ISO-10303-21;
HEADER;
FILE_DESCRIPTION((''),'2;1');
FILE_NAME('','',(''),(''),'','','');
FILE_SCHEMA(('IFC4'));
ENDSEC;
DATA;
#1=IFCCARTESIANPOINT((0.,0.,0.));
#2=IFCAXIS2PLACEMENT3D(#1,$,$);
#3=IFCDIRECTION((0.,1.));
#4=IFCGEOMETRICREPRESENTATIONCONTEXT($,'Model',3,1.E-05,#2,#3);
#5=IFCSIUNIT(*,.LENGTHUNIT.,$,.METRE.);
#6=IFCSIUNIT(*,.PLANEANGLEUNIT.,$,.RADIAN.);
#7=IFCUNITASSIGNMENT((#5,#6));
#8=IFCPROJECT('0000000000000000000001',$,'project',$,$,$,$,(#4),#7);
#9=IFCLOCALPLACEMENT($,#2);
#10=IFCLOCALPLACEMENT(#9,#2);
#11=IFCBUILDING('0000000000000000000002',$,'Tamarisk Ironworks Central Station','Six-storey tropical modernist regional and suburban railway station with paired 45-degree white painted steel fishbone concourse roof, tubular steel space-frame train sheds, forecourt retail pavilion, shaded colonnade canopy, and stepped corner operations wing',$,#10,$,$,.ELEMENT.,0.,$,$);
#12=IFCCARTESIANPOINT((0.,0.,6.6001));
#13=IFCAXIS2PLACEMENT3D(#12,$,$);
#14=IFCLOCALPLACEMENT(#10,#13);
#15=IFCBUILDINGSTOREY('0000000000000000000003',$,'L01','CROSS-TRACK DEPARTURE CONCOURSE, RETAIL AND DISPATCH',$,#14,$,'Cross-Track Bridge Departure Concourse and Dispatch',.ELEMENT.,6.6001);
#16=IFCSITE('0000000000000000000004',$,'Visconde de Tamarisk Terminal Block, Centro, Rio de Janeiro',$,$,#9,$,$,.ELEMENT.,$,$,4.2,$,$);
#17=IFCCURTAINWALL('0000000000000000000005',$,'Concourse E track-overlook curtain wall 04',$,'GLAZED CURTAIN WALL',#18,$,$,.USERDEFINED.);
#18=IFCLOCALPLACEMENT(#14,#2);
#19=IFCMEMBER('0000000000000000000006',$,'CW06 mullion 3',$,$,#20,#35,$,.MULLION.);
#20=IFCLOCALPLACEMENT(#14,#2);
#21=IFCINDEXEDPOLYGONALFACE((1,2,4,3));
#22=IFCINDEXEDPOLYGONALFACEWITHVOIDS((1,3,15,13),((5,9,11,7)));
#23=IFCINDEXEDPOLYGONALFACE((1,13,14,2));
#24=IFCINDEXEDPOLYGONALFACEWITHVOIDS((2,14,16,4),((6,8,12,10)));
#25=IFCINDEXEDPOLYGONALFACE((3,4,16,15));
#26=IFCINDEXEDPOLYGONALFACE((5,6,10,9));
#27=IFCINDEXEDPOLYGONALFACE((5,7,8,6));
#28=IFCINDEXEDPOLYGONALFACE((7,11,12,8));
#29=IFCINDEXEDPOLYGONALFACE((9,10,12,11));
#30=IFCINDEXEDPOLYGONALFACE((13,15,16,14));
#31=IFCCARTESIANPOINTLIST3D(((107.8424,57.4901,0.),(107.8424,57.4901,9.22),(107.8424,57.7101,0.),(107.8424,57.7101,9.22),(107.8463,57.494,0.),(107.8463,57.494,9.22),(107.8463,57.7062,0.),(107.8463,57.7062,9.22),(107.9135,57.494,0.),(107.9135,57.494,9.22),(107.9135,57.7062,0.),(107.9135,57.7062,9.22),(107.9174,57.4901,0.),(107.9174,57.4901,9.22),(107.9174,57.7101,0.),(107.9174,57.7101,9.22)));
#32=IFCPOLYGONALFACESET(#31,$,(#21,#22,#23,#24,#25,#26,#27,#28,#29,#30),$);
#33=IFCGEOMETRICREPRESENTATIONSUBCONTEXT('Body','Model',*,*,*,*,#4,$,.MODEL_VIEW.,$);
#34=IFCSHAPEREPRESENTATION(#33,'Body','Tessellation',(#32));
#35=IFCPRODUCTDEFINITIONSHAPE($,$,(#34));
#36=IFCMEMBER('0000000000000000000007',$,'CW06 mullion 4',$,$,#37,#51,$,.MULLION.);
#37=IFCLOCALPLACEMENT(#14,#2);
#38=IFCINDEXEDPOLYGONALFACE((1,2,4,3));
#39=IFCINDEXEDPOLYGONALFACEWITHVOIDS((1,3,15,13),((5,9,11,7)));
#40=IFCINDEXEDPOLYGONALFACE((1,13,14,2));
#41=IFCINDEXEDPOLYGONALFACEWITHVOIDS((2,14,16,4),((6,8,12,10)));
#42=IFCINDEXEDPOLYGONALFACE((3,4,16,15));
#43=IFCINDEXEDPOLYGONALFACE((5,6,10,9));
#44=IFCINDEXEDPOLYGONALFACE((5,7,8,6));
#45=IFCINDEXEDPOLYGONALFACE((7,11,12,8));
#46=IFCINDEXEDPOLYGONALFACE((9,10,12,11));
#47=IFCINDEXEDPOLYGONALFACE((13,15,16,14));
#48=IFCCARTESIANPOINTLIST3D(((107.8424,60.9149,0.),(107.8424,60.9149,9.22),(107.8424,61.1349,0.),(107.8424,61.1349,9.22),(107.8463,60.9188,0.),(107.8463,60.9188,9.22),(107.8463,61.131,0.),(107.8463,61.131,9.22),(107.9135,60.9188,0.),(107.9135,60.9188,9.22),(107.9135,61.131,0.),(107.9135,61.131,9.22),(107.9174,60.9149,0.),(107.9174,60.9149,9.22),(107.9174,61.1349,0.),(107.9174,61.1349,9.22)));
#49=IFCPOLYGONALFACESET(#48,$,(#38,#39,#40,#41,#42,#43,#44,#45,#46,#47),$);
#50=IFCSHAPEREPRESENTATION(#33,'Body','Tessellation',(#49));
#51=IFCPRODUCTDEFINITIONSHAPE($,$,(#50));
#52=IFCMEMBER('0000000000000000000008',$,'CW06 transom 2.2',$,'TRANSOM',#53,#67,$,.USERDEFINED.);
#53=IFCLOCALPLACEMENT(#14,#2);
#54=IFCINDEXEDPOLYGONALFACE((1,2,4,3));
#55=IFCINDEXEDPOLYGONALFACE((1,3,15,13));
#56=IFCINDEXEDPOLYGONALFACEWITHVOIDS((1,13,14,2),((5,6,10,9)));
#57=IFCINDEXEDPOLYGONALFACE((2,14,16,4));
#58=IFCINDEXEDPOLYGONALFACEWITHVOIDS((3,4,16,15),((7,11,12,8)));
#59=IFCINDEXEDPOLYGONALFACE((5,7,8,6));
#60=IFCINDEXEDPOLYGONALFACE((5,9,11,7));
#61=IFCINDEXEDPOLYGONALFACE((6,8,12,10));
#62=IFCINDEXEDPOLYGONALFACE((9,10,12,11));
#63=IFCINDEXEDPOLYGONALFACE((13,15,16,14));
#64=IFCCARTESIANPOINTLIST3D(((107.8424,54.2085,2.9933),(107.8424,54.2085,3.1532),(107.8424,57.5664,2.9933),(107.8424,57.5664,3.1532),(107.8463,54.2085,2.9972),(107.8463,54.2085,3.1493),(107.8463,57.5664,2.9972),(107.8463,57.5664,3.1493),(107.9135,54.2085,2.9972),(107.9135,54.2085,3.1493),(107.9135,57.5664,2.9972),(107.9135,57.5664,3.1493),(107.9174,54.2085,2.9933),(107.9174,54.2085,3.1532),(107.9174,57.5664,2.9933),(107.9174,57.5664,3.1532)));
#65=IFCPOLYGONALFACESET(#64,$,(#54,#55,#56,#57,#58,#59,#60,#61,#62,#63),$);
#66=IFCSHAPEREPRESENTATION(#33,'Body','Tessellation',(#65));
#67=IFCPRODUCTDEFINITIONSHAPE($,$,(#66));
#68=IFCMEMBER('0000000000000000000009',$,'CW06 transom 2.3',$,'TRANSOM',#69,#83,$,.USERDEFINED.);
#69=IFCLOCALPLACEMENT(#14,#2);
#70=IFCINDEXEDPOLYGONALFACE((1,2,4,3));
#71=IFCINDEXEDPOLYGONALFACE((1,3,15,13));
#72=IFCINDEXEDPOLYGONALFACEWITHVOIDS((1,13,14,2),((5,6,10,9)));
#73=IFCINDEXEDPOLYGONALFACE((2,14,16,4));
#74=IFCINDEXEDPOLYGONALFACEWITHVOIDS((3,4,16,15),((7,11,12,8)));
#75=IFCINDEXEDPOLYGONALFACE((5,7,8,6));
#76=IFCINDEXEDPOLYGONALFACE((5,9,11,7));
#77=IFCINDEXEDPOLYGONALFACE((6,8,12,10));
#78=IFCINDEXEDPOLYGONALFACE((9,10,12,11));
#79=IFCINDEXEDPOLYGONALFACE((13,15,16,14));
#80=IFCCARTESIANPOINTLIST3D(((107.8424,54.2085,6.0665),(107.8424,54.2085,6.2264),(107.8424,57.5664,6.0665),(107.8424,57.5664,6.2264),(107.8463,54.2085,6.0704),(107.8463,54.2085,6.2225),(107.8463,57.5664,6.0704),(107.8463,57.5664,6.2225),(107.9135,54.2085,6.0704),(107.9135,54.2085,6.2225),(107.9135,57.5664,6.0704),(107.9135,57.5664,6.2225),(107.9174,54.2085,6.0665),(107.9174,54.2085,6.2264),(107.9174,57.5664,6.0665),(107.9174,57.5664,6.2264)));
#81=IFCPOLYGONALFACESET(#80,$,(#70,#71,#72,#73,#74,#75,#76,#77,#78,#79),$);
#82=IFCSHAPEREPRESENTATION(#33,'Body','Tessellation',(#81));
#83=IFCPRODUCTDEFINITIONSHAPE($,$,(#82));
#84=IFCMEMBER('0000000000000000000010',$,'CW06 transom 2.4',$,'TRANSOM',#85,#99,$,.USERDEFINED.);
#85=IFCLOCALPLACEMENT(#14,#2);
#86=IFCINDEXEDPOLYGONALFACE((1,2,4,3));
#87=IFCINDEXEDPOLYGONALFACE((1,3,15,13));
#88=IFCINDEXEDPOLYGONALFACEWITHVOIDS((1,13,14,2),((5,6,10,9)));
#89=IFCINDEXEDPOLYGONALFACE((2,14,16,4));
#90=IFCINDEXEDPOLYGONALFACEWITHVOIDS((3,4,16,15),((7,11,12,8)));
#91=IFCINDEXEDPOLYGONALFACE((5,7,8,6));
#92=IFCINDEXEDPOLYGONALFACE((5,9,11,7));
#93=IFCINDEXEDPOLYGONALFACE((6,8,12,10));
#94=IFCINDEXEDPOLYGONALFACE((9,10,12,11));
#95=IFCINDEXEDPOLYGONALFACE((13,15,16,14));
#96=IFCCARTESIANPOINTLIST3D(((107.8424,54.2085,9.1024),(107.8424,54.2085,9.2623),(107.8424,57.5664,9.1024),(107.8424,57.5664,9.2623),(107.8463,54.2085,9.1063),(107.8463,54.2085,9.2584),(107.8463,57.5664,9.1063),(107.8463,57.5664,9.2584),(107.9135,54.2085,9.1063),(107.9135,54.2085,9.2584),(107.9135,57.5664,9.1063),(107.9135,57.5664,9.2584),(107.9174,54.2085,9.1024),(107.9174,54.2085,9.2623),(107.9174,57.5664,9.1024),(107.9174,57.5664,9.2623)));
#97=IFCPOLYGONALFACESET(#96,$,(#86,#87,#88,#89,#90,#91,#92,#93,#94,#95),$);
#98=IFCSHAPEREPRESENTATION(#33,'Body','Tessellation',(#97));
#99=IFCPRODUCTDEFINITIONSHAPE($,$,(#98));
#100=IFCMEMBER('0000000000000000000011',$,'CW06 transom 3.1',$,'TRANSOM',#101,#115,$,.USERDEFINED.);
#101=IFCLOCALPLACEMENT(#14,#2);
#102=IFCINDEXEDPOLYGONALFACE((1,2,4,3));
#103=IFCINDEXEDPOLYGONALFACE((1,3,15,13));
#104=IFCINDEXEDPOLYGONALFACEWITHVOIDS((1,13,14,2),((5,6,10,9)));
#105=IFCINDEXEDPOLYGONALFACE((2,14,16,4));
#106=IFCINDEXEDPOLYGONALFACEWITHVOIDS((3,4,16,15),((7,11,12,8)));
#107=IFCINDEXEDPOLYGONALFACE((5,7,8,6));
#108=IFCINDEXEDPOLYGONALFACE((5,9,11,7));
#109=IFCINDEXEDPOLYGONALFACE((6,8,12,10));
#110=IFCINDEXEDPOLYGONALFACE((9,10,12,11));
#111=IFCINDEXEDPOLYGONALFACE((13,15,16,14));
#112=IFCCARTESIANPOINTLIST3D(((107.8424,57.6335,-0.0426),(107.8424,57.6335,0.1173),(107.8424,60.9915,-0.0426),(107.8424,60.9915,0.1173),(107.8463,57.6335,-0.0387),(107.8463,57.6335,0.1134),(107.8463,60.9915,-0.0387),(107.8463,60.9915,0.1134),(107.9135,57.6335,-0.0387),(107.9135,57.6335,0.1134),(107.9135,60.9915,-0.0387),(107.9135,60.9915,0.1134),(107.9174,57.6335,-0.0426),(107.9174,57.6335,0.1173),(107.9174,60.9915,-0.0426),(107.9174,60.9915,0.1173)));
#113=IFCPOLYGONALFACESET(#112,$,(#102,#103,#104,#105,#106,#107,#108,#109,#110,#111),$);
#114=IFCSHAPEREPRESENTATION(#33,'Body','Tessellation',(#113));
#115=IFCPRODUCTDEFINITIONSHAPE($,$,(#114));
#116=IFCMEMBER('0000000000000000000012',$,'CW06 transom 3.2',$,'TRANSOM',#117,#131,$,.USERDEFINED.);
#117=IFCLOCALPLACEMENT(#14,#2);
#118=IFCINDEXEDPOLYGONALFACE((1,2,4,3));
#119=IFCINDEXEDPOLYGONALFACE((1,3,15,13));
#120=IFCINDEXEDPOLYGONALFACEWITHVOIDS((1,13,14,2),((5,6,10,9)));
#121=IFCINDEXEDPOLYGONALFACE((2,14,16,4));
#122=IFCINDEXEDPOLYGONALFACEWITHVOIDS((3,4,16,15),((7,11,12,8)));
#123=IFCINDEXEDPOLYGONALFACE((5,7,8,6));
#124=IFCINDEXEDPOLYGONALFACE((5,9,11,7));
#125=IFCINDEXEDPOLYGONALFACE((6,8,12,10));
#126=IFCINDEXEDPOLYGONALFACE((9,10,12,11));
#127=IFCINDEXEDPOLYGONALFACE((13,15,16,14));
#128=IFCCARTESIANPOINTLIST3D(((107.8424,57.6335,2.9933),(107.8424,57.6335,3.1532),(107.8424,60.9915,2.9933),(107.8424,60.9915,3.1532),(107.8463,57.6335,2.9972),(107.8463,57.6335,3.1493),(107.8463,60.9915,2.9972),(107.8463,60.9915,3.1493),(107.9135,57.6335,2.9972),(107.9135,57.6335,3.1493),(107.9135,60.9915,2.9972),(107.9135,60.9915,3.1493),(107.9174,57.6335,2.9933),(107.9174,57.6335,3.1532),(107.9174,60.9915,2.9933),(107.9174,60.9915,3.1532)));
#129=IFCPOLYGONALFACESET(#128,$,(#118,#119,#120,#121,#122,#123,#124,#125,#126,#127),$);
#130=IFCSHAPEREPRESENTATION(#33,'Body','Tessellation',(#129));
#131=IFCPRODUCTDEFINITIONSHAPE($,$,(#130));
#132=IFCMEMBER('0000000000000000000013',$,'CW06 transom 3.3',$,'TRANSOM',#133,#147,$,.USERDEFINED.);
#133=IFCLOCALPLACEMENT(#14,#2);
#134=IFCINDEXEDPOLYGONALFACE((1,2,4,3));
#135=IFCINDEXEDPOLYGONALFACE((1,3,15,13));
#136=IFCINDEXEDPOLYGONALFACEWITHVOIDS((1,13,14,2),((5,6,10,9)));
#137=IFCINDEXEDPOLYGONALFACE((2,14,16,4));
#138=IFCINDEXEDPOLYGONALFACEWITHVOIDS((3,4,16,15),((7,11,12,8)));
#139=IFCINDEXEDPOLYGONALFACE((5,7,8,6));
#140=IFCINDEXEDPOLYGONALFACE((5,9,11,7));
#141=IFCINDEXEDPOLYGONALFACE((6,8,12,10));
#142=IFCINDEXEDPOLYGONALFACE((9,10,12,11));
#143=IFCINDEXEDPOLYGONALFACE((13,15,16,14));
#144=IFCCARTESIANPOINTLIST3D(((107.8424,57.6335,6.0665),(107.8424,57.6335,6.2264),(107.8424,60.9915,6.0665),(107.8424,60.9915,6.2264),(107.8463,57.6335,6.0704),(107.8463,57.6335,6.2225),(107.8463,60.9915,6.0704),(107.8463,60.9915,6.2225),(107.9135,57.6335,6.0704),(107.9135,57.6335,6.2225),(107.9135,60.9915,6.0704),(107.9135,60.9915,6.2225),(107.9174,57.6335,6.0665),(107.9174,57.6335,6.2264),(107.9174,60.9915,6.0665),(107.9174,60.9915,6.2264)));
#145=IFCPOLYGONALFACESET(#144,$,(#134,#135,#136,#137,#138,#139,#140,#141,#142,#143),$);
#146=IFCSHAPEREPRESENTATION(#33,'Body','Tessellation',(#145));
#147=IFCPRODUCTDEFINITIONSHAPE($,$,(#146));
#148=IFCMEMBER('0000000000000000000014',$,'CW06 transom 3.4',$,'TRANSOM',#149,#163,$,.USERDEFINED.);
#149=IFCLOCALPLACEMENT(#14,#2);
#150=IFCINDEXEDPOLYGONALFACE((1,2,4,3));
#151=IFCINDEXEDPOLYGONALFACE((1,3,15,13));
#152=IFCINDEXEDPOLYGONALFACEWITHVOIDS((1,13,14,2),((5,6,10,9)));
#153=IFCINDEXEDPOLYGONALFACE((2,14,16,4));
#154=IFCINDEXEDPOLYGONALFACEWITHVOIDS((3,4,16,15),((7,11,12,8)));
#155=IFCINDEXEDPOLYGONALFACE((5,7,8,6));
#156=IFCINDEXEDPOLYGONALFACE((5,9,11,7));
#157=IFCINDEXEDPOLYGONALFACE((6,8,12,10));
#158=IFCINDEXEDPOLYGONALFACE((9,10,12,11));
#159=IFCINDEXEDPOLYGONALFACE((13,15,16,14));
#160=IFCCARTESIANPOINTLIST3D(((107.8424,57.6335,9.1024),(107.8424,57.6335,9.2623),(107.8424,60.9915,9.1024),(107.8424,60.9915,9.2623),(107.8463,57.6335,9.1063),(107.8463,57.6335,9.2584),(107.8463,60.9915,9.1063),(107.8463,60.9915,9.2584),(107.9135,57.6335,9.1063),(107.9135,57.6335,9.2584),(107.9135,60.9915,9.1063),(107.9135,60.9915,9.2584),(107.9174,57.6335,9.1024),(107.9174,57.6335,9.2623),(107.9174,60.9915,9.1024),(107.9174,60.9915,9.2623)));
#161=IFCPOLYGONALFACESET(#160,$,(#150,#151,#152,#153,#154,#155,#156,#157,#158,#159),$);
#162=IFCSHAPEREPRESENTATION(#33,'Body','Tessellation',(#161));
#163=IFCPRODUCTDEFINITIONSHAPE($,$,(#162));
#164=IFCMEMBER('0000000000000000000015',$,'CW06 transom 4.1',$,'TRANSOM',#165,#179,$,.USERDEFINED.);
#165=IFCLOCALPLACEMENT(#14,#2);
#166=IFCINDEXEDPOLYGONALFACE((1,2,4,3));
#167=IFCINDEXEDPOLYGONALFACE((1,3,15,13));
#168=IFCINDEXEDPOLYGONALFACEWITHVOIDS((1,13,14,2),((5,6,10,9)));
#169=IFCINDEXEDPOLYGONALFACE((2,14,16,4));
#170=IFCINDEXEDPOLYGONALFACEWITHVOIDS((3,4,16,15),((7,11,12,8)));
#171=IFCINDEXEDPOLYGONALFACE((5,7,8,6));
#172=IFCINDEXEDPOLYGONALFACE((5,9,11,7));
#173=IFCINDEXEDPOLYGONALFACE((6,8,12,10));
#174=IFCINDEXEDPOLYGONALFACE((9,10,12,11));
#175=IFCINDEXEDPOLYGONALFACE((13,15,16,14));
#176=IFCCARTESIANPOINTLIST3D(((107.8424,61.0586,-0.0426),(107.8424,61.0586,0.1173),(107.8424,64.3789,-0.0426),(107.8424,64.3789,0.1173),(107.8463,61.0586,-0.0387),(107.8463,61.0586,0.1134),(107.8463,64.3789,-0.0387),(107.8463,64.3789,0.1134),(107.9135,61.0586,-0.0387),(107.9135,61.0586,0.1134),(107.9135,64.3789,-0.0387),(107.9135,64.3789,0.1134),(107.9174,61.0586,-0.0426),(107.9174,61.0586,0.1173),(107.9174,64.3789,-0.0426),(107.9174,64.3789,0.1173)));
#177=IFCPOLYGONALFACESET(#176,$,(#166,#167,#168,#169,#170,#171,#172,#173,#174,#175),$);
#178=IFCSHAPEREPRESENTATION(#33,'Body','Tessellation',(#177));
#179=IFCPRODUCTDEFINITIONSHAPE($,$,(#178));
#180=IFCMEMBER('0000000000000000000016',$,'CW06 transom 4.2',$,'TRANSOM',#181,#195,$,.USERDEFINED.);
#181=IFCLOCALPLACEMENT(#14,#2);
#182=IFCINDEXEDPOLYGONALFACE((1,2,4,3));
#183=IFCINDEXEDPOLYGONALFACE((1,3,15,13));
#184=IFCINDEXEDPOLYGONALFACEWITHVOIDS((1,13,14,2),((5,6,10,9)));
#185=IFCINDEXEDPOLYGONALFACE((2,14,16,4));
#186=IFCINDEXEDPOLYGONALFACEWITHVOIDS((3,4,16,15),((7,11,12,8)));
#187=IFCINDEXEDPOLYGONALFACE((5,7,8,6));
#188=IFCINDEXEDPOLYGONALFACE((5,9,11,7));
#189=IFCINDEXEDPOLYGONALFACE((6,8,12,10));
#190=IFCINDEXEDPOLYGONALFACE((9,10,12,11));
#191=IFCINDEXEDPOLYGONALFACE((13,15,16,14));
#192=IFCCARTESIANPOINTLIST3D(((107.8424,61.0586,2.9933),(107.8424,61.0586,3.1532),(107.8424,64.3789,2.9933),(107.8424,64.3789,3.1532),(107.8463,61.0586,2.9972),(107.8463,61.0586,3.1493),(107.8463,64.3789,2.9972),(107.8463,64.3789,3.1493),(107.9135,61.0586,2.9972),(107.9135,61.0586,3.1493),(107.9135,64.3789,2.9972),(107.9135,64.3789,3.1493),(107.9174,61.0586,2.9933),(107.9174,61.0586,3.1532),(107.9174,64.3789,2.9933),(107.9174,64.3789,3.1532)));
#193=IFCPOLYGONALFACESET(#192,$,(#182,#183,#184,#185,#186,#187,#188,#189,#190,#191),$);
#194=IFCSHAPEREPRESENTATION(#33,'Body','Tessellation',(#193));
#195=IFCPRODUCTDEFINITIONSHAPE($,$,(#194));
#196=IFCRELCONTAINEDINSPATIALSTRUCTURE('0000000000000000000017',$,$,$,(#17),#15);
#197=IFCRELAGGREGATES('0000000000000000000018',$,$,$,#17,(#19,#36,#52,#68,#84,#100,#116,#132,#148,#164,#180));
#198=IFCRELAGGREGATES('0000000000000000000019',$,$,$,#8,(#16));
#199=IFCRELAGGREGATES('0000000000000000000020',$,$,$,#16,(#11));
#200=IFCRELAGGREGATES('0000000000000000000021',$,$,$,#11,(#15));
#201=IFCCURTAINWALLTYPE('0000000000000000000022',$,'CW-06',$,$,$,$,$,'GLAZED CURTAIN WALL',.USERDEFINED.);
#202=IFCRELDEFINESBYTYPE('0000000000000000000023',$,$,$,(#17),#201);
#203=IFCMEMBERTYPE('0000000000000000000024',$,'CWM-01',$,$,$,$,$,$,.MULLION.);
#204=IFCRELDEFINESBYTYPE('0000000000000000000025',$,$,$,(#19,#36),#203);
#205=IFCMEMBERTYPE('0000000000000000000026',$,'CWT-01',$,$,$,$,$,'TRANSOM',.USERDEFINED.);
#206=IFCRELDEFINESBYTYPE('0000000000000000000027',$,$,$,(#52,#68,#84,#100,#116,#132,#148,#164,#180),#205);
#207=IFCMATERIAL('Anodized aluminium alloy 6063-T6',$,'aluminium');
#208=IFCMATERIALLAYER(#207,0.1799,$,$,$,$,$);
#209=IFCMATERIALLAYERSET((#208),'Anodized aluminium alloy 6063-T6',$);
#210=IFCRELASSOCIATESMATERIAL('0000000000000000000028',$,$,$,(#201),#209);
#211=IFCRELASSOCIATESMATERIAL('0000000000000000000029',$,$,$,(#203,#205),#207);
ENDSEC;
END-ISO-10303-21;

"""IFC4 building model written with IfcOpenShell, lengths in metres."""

from ifc_helpers import new_model, si_unit, direction, frame, origin, origin_2d, place, context, subcontext, project, spatial, hollow_rectangle, extrude, material, layer, layer_set, material_profile, profile_set, type_object, element, aggregate, save


model = new_model("IFC4")

# Units and contexts
model_context = context("Model", 3, precision=1e-05, world=origin(), true_north=direction((0.0, 1.0)))
body_context = subcontext(model_context, "Body", "Model", "MODEL_VIEW")
ifc_project = project(units=[si_unit("LENGTHUNIT", "METRE"), si_unit("PLANEANGLEUNIT", "RADIAN")], contexts=[model_context])

# Site, building, storey
site_placement = place(None, origin())
site = spatial("IfcSite", under=ifc_project, at=site_placement, Name="Visconde de Tamarisk Terminal Block, Centro, Rio de Janeiro", CompositionType="ELEMENT", RefElevation=4.2)
building_placement = place(site_placement, origin())
building = spatial("IfcBuilding", under=site, at=building_placement, Name="Tamarisk Ironworks Central Station", Description="Six-storey tropical modernist regional and suburban railway station with paired 45-degree white painted steel fishbone concourse roof, tubular steel space-frame train sheds, forecourt retail pavilion, shaded colonnade canopy, and stepped corner operations wing", CompositionType="ELEMENT", ElevationOfRefHeight=0.0)
storey_placement = place(building_placement, frame((0.0, 0.0, 6.6001)))
storey = spatial("IfcBuildingStorey", under=building, at=storey_placement, Name="L01", Description="CROSS-TRACK DEPARTURE CONCOURSE, RETAIL AND DISPATCH", LongName="Cross-Track Bridge Departure Concourse and Dispatch", CompositionType="ELEMENT", Elevation=6.6001)

# Curtain wall, members
ifc_material_1 = material(Name="Anodized aluminium alloy 6063-T6", Category="aluminium")
ifc_layer_1 = layer(ifc_material_1, 0.1799)
ifc_layer_set_1 = layer_set([ifc_layer_1], Name="Anodized aluminium alloy 6063-T6")
curtain_wall_type = type_object("IfcCurtainWallType", Name="CW-06", ElementType="GLAZED CURTAIN WALL", PredefinedType="USERDEFINED", material=ifc_layer_set_1)
curtain_wall_placement = place(storey_placement, origin())
curtain_wall = element("IfcCurtainWall", 1, at=curtain_wall_placement, inside=storey, type_object=curtain_wall_type, Name="Concourse E track-overlook curtain wall 04", ObjectType="GLAZED CURTAIN WALL", PredefinedType="USERDEFINED")
ifc_material_profile_1 = material_profile(ifc_material_1, hollow_rectangle(XDim=0.075, YDim=0.22, WallThickness=0.0039, at=origin_2d()), Name="ALUM 220x75")
ifc_profile_set_1 = profile_set([ifc_material_profile_1], Name="Anodized aluminium alloy 6063-T6")
member_type_1 = type_object("IfcMemberType", Name="CWM-01", PredefinedType="MULLION", material=ifc_profile_set_1)
member_1_placement = place(storey_placement, frame((107.8799, 57.6001, 0.0), z_axis=(0.0, 0.0, 1.0), x_axis=(-1.0, 0.0, 0.0)))
member_1 = element("IfcMember", 2, at=member_1_placement, type_object=member_type_1, Name="CW06 mullion 3", PredefinedType="MULLION", context=body_context, shape_type="SweptSolid", body=[
    extrude(hollow_rectangle(XDim=0.075, YDim=0.22, WallThickness=0.0039, at=origin_2d()), origin(), (0.0, 0.0, 1.0), 9.22),
])
member_2_placement = place(storey_placement, frame((107.8799, 61.0249, 0.0), z_axis=(0.0, 0.0, 1.0), x_axis=(-1.0, 0.0, 0.0)))
member_2 = element("IfcMember", 3, at=member_2_placement, type_object=member_type_1, Name="CW06 mullion 4", PredefinedType="MULLION", context=body_context, shape_type="SweptSolid", body=[
    extrude(hollow_rectangle(XDim=0.075, YDim=0.22, WallThickness=0.0039, at=origin_2d()), origin(), (0.0, 0.0, 1.0), 9.22),
])
ifc_material_profile_2 = material_profile(ifc_material_1, hollow_rectangle(XDim=0.075, YDim=0.1599, WallThickness=0.0039, at=origin_2d()), Name="ALUM 160x75")
ifc_profile_set_2 = profile_set([ifc_material_profile_2], Name="Anodized aluminium alloy 6063-T6")
member_type_2 = type_object("IfcMemberType", Name="CWT-01", ElementType="TRANSOM", PredefinedType="USERDEFINED", material=ifc_profile_set_2)
member_3_placement = place(storey_placement, frame((107.8799, 54.2085, 3.0732), z_axis=(0.0, 1.0, 0.0), x_axis=(-1.0, 0.0, 0.0)))
member_3 = element("IfcMember", 4, at=member_3_placement, type_object=member_type_2, Name="CW06 transom 2.2", ObjectType="TRANSOM", PredefinedType="USERDEFINED", context=body_context, shape_type="SweptSolid", body=[
    extrude(hollow_rectangle(XDim=0.075, YDim=0.1599, WallThickness=0.0039, at=origin_2d()), origin(), (0.0, 0.0, 1.0), 3.3579),
])
member_4_placement = place(storey_placement, frame((107.8799, 54.2085, 6.1465), z_axis=(0.0, 1.0, 0.0), x_axis=(-1.0, 0.0, 0.0)))
member_4 = element("IfcMember", 5, at=member_4_placement, type_object=member_type_2, Name="CW06 transom 2.3", ObjectType="TRANSOM", PredefinedType="USERDEFINED", context=body_context, shape_type="SweptSolid", body=[
    extrude(hollow_rectangle(XDim=0.075, YDim=0.1599, WallThickness=0.0039, at=origin_2d()), origin(), (0.0, 0.0, 1.0), 3.3579),
])
member_5_placement = place(storey_placement, frame((107.8799, 54.2085, 9.1824), z_axis=(0.0, 1.0, 0.0), x_axis=(-1.0, 0.0, 0.0)))
member_5 = element("IfcMember", 6, at=member_5_placement, type_object=member_type_2, Name="CW06 transom 2.4", ObjectType="TRANSOM", PredefinedType="USERDEFINED", context=body_context, shape_type="SweptSolid", body=[
    extrude(hollow_rectangle(XDim=0.075, YDim=0.1599, WallThickness=0.0039, at=origin_2d()), origin(), (0.0, 0.0, 1.0), 3.3579),
])
member_6_placement = place(storey_placement, frame((107.8799, 57.6335, 0.0374), z_axis=(0.0, 1.0, 0.0), x_axis=(-1.0, 0.0, 0.0)))
member_6 = element("IfcMember", 7, at=member_6_placement, type_object=member_type_2, Name="CW06 transom 3.1", ObjectType="TRANSOM", PredefinedType="USERDEFINED", context=body_context, shape_type="SweptSolid", body=[
    extrude(hollow_rectangle(XDim=0.075, YDim=0.1599, WallThickness=0.0039, at=origin_2d()), origin(), (0.0, 0.0, 1.0), 3.3579),
])
member_7_placement = place(storey_placement, frame((107.8799, 57.6335, 3.0732), z_axis=(0.0, 1.0, 0.0), x_axis=(-1.0, 0.0, 0.0)))
member_7 = element("IfcMember", 8, at=member_7_placement, type_object=member_type_2, Name="CW06 transom 3.2", ObjectType="TRANSOM", PredefinedType="USERDEFINED", context=body_context, shape_type="SweptSolid", body=[
    extrude(hollow_rectangle(XDim=0.075, YDim=0.1599, WallThickness=0.0039, at=origin_2d()), origin(), (0.0, 0.0, 1.0), 3.3579),
])
member_8_placement = place(storey_placement, frame((107.8799, 57.6335, 6.1465), z_axis=(0.0, 1.0, 0.0), x_axis=(-1.0, 0.0, 0.0)))
member_8 = element("IfcMember", 9, at=member_8_placement, type_object=member_type_2, Name="CW06 transom 3.3", ObjectType="TRANSOM", PredefinedType="USERDEFINED", context=body_context, shape_type="SweptSolid", body=[
    extrude(hollow_rectangle(XDim=0.075, YDim=0.1599, WallThickness=0.0039, at=origin_2d()), origin(), (0.0, 0.0, 1.0), 3.3579),
])
member_9_placement = place(storey_placement, frame((107.8799, 57.6335, 9.1824), z_axis=(0.0, 1.0, 0.0), x_axis=(-1.0, 0.0, 0.0)))
member_9 = element("IfcMember", 10, at=member_9_placement, type_object=member_type_2, Name="CW06 transom 3.4", ObjectType="TRANSOM", PredefinedType="USERDEFINED", context=body_context, shape_type="SweptSolid", body=[
    extrude(hollow_rectangle(XDim=0.075, YDim=0.1599, WallThickness=0.0039, at=origin_2d()), origin(), (0.0, 0.0, 1.0), 3.3579),
])
member_10_placement = place(storey_placement, frame((107.8799, 61.0586, 0.0374), z_axis=(0.0, 1.0, 0.0), x_axis=(-1.0, 0.0, 0.0)))
member_10 = element("IfcMember", 11, at=member_10_placement, type_object=member_type_2, Name="CW06 transom 4.1", ObjectType="TRANSOM", PredefinedType="USERDEFINED", context=body_context, shape_type="SweptSolid", body=[
    extrude(hollow_rectangle(XDim=0.075, YDim=0.1599, WallThickness=0.0039, at=origin_2d()), origin(), (0.0, 0.0, 1.0), 3.3203),
])
member_11_placement = place(storey_placement, frame((107.8799, 61.0586, 3.0732), z_axis=(0.0, 1.0, 0.0), x_axis=(-1.0, 0.0, 0.0)))
member_11 = element("IfcMember", 12, at=member_11_placement, type_object=member_type_2, Name="CW06 transom 4.2", ObjectType="TRANSOM", PredefinedType="USERDEFINED", context=body_context, shape_type="SweptSolid", body=[
    extrude(hollow_rectangle(XDim=0.075, YDim=0.1599, WallThickness=0.0039, at=origin_2d()), origin(), (0.0, 0.0, 1.0), 3.3203),
])

aggregate(curtain_wall, [member_1, member_2, member_3, member_4, member_5, member_6, member_7, member_8, member_9, member_10, member_11])

save(model, "model.ifc")
